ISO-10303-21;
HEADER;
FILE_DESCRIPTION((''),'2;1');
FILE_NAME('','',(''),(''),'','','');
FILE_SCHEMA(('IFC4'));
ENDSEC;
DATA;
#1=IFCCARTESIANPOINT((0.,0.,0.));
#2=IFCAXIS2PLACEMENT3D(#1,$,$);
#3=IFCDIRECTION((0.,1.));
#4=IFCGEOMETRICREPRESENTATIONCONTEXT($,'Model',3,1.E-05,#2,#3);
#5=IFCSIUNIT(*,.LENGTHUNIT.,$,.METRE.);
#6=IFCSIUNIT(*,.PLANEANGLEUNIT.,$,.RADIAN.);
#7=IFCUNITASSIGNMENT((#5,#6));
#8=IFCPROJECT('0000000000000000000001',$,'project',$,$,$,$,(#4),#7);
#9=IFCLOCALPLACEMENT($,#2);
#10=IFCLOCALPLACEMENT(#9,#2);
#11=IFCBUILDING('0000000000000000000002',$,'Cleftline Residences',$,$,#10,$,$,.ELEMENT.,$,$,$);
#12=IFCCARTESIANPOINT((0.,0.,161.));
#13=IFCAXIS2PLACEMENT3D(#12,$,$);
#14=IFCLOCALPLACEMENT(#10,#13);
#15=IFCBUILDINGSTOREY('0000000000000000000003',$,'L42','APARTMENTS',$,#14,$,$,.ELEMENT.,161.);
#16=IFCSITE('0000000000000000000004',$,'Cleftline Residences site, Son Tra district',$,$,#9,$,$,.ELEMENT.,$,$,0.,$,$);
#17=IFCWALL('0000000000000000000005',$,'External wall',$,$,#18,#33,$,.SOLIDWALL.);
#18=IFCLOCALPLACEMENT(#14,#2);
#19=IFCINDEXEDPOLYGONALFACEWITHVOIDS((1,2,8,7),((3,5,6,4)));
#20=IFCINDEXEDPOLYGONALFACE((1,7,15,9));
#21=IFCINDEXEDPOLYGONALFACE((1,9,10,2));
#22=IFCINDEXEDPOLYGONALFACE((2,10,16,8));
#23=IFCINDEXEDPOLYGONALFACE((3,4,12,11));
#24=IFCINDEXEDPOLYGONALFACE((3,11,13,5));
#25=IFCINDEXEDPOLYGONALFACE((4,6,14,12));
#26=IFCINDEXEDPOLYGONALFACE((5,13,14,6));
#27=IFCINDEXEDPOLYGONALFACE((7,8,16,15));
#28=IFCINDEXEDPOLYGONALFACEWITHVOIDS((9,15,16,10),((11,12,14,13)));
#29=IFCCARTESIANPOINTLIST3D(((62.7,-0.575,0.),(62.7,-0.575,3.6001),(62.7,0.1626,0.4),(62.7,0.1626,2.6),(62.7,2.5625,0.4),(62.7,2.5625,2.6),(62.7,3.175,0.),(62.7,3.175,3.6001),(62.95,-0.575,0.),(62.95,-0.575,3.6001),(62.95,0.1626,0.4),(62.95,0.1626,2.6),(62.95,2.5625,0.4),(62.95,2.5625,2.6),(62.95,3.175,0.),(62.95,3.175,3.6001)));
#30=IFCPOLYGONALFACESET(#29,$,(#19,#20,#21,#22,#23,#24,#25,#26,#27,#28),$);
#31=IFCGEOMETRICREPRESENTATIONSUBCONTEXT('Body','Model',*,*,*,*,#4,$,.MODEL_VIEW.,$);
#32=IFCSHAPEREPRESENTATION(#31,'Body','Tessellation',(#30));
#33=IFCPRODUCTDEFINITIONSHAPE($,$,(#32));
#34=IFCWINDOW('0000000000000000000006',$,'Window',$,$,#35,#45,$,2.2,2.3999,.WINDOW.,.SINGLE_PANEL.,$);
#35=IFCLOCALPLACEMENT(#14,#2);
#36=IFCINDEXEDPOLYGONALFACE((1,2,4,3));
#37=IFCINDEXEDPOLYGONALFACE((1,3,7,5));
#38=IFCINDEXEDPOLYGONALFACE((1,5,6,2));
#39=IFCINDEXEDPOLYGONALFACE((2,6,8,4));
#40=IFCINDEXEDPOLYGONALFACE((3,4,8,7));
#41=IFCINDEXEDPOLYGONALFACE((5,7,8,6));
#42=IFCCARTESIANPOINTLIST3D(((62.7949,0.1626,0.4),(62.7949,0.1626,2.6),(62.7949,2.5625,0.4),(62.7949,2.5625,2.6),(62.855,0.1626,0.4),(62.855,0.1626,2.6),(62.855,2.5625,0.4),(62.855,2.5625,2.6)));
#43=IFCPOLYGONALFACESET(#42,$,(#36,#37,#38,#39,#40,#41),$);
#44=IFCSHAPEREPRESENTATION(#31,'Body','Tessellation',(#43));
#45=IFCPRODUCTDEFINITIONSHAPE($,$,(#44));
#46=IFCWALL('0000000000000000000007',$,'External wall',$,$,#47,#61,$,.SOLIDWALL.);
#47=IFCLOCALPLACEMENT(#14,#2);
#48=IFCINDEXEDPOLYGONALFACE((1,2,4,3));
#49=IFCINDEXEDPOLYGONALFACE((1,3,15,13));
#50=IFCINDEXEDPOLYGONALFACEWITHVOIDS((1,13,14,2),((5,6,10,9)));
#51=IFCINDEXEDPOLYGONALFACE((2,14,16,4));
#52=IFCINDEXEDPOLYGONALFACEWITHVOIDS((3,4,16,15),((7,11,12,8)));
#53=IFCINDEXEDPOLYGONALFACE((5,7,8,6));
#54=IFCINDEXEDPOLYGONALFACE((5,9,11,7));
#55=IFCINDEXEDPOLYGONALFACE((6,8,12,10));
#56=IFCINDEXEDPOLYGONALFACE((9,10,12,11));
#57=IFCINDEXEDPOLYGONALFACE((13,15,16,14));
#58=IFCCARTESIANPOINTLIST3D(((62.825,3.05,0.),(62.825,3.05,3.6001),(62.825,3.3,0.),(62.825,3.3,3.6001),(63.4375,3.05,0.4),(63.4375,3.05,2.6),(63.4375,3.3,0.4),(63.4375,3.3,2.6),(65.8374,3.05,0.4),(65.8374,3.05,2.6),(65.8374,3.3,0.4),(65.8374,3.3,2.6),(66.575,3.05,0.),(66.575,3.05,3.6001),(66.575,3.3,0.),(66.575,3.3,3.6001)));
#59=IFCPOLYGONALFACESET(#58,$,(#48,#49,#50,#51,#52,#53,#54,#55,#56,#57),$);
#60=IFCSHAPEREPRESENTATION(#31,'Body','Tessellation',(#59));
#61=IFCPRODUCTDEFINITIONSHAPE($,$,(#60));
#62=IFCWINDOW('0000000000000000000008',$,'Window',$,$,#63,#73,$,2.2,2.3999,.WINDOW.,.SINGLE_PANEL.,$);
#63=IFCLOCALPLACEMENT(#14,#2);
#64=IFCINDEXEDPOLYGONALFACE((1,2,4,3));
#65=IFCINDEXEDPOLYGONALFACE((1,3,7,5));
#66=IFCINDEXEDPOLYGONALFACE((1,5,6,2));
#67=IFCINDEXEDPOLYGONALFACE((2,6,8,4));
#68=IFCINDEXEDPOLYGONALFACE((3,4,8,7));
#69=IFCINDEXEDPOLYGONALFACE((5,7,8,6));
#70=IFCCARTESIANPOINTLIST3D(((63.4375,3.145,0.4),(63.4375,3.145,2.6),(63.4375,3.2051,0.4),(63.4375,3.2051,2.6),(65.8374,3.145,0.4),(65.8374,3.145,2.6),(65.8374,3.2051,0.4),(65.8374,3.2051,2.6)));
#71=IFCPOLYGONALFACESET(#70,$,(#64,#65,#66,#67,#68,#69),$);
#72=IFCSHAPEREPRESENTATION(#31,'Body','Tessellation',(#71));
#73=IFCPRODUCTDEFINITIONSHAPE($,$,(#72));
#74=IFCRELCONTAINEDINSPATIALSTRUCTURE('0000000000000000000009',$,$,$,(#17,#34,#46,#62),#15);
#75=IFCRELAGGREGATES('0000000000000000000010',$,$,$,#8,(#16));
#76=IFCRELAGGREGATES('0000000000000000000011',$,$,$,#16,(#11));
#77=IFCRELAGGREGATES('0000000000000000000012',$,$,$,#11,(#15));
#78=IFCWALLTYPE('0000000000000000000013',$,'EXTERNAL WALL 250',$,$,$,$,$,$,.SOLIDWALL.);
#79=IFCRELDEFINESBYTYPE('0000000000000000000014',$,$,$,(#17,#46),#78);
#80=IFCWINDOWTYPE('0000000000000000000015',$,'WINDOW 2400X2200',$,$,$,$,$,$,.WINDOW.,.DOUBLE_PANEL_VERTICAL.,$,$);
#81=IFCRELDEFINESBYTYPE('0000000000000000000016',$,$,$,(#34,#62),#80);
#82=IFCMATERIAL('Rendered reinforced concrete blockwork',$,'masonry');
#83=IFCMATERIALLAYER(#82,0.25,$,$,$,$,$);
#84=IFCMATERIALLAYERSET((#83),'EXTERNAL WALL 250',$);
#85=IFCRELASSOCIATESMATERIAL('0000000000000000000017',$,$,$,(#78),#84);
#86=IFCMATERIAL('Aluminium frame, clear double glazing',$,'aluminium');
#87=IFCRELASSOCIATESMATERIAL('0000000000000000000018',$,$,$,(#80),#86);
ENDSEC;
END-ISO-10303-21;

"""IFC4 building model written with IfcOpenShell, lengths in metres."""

from ifc_helpers import new_model, si_unit, direction, frame, frame_2d, origin, place, context, subcontext, project, spatial, rectangle, extrude, material, layer, layer_set, type_object, element, fill, save


model = new_model("IFC4")

# Units and contexts
model_context = context("Model", 3, precision=1e-05, world=origin(), true_north=direction((0.0, 1.0)))
body_context = subcontext(model_context, "Body", "Model", "MODEL_VIEW")
ifc_project = project(units=[si_unit("LENGTHUNIT", "METRE"), si_unit("PLANEANGLEUNIT", "RADIAN")], contexts=[model_context])

# Site, building, storey
site_placement = place(None, origin())
site = spatial("IfcSite", under=ifc_project, at=site_placement, Name="Cleftline Residences site, Son Tra district", CompositionType="ELEMENT", RefElevation=0.0)
building_placement = place(site_placement, origin())
building = spatial("IfcBuilding", under=site, at=building_placement, Name="Cleftline Residences", CompositionType="ELEMENT")
storey_placement = place(building_placement, frame((0.0, 0.0, 161.0)))
storey = spatial("IfcBuildingStorey", under=building, at=storey_placement, Name="L42", Description="APARTMENTS", CompositionType="ELEMENT", Elevation=161.0)

# Walls, openings, windows
ifc_material_1 = material(Name="Rendered reinforced concrete blockwork", Category="masonry")
ifc_layer_1 = layer(ifc_material_1, 0.25)
ifc_layer_set_1 = layer_set([ifc_layer_1], Name="EXTERNAL WALL 250")
wall_type_1 = type_object("IfcWallType", Name="EXTERNAL WALL 250", PredefinedType="SOLIDWALL", material=ifc_layer_set_1)
wall_1_placement = place(storey_placement, frame((62.825, -0.575, 0.0), z_axis=(0.0, 0.0, 1.0), x_axis=(0.0, 1.0, 0.0)))
wall_1 = element("IfcWall", 1, at=wall_1_placement, inside=storey, type_object=wall_type_1, Name="External wall", PredefinedType="SOLIDWALL", context=body_context, shape_type="SweptSolid", body=[
    extrude(rectangle(XDim=3.75, YDim=0.25, at=frame_2d((1.875, 0.0))), origin(), (0.0, 0.0, 1.0), 3.6001),
])
opening_1_placement = place(wall_1_placement, frame((0.7375, 0.0, 0.3999)))
opening_1 = element("IfcOpeningElement", 2, at=opening_1_placement, cuts=wall_1, PredefinedType="OPENING", context=body_context, shape_type="SweptSolid", body=[
    extrude(rectangle(XDim=2.3999, YDim=2.2, at=frame_2d((1.2, 1.1001))), frame((0.0, 0.135, 0.0), z_axis=(0.0, -1.0, 0.0), x_axis=(1.0, 0.0, 0.0)), (0.0, 0.0, 1.0), 0.27),
])
ifc_material_2 = material(Name="Aluminium frame, clear double glazing", Category="aluminium")
window_type_1 = type_object("IfcWindowType", Name="WINDOW 2400X2200", PartitioningType="DOUBLE_PANEL_VERTICAL", PredefinedType="WINDOW", material=ifc_material_2)
window_1_placement = place(opening_1_placement, origin())
window_1 = element("IfcWindow", 3, at=window_1_placement, inside=storey, type_object=window_type_1, Name="Window", OverallHeight=2.2, OverallWidth=2.3999, PartitioningType="SINGLE_PANEL", PredefinedType="WINDOW", context=body_context, shape_type="SweptSolid", body=[
    extrude(rectangle(XDim=2.3999, YDim=2.2, at=frame_2d((1.2, 1.1001))), frame((0.0, 0.03, 0.0), z_axis=(0.0, -1.0, 0.0), x_axis=(1.0, 0.0, 0.0)), (0.0, 0.0, 1.0), 0.0601),
])
fill(opening_1, window_1)
wall_2_placement = place(storey_placement, frame((62.825, 3.175, 0.0), z_axis=(0.0, 0.0, 1.0), x_axis=(1.0, 0.0, 0.0)))
wall_2 = element("IfcWall", 4, at=wall_2_placement, inside=storey, type_object=wall_type_1, Name="External wall", PredefinedType="SOLIDWALL", context=body_context, shape_type="SweptSolid", body=[
    extrude(rectangle(XDim=3.75, YDim=0.25, at=frame_2d((1.875, 0.0))), origin(), (0.0, 0.0, 1.0), 3.6001),
])
opening_2_placement = place(wall_2_placement, frame((0.6125, 0.0, 0.3999)))
opening_2 = element("IfcOpeningElement", 5, at=opening_2_placement, cuts=wall_2, PredefinedType="OPENING", context=body_context, shape_type="SweptSolid", body=[
    extrude(rectangle(XDim=2.3999, YDim=2.2, at=frame_2d((1.2, 1.1001))), frame((0.0, 0.135, 0.0), z_axis=(0.0, -1.0, 0.0), x_axis=(1.0, 0.0, 0.0)), (0.0, 0.0, 1.0), 0.27),
])
window_2_placement = place(opening_2_placement, origin())
window_2 = element("IfcWindow", 6, at=window_2_placement, inside=storey, type_object=window_type_1, Name="Window", OverallHeight=2.2, OverallWidth=2.3999, PartitioningType="SINGLE_PANEL", PredefinedType="WINDOW", context=body_context, shape_type="SweptSolid", body=[
    extrude(rectangle(XDim=2.3999, YDim=2.2, at=frame_2d((1.2, 1.1001))), frame((0.0, 0.03, 0.0), z_axis=(0.0, -1.0, 0.0), x_axis=(1.0, 0.0, 0.0)), (0.0, 0.0, 1.0), 0.0601),
])
fill(opening_2, window_2)

save(model, "model.ifc")
